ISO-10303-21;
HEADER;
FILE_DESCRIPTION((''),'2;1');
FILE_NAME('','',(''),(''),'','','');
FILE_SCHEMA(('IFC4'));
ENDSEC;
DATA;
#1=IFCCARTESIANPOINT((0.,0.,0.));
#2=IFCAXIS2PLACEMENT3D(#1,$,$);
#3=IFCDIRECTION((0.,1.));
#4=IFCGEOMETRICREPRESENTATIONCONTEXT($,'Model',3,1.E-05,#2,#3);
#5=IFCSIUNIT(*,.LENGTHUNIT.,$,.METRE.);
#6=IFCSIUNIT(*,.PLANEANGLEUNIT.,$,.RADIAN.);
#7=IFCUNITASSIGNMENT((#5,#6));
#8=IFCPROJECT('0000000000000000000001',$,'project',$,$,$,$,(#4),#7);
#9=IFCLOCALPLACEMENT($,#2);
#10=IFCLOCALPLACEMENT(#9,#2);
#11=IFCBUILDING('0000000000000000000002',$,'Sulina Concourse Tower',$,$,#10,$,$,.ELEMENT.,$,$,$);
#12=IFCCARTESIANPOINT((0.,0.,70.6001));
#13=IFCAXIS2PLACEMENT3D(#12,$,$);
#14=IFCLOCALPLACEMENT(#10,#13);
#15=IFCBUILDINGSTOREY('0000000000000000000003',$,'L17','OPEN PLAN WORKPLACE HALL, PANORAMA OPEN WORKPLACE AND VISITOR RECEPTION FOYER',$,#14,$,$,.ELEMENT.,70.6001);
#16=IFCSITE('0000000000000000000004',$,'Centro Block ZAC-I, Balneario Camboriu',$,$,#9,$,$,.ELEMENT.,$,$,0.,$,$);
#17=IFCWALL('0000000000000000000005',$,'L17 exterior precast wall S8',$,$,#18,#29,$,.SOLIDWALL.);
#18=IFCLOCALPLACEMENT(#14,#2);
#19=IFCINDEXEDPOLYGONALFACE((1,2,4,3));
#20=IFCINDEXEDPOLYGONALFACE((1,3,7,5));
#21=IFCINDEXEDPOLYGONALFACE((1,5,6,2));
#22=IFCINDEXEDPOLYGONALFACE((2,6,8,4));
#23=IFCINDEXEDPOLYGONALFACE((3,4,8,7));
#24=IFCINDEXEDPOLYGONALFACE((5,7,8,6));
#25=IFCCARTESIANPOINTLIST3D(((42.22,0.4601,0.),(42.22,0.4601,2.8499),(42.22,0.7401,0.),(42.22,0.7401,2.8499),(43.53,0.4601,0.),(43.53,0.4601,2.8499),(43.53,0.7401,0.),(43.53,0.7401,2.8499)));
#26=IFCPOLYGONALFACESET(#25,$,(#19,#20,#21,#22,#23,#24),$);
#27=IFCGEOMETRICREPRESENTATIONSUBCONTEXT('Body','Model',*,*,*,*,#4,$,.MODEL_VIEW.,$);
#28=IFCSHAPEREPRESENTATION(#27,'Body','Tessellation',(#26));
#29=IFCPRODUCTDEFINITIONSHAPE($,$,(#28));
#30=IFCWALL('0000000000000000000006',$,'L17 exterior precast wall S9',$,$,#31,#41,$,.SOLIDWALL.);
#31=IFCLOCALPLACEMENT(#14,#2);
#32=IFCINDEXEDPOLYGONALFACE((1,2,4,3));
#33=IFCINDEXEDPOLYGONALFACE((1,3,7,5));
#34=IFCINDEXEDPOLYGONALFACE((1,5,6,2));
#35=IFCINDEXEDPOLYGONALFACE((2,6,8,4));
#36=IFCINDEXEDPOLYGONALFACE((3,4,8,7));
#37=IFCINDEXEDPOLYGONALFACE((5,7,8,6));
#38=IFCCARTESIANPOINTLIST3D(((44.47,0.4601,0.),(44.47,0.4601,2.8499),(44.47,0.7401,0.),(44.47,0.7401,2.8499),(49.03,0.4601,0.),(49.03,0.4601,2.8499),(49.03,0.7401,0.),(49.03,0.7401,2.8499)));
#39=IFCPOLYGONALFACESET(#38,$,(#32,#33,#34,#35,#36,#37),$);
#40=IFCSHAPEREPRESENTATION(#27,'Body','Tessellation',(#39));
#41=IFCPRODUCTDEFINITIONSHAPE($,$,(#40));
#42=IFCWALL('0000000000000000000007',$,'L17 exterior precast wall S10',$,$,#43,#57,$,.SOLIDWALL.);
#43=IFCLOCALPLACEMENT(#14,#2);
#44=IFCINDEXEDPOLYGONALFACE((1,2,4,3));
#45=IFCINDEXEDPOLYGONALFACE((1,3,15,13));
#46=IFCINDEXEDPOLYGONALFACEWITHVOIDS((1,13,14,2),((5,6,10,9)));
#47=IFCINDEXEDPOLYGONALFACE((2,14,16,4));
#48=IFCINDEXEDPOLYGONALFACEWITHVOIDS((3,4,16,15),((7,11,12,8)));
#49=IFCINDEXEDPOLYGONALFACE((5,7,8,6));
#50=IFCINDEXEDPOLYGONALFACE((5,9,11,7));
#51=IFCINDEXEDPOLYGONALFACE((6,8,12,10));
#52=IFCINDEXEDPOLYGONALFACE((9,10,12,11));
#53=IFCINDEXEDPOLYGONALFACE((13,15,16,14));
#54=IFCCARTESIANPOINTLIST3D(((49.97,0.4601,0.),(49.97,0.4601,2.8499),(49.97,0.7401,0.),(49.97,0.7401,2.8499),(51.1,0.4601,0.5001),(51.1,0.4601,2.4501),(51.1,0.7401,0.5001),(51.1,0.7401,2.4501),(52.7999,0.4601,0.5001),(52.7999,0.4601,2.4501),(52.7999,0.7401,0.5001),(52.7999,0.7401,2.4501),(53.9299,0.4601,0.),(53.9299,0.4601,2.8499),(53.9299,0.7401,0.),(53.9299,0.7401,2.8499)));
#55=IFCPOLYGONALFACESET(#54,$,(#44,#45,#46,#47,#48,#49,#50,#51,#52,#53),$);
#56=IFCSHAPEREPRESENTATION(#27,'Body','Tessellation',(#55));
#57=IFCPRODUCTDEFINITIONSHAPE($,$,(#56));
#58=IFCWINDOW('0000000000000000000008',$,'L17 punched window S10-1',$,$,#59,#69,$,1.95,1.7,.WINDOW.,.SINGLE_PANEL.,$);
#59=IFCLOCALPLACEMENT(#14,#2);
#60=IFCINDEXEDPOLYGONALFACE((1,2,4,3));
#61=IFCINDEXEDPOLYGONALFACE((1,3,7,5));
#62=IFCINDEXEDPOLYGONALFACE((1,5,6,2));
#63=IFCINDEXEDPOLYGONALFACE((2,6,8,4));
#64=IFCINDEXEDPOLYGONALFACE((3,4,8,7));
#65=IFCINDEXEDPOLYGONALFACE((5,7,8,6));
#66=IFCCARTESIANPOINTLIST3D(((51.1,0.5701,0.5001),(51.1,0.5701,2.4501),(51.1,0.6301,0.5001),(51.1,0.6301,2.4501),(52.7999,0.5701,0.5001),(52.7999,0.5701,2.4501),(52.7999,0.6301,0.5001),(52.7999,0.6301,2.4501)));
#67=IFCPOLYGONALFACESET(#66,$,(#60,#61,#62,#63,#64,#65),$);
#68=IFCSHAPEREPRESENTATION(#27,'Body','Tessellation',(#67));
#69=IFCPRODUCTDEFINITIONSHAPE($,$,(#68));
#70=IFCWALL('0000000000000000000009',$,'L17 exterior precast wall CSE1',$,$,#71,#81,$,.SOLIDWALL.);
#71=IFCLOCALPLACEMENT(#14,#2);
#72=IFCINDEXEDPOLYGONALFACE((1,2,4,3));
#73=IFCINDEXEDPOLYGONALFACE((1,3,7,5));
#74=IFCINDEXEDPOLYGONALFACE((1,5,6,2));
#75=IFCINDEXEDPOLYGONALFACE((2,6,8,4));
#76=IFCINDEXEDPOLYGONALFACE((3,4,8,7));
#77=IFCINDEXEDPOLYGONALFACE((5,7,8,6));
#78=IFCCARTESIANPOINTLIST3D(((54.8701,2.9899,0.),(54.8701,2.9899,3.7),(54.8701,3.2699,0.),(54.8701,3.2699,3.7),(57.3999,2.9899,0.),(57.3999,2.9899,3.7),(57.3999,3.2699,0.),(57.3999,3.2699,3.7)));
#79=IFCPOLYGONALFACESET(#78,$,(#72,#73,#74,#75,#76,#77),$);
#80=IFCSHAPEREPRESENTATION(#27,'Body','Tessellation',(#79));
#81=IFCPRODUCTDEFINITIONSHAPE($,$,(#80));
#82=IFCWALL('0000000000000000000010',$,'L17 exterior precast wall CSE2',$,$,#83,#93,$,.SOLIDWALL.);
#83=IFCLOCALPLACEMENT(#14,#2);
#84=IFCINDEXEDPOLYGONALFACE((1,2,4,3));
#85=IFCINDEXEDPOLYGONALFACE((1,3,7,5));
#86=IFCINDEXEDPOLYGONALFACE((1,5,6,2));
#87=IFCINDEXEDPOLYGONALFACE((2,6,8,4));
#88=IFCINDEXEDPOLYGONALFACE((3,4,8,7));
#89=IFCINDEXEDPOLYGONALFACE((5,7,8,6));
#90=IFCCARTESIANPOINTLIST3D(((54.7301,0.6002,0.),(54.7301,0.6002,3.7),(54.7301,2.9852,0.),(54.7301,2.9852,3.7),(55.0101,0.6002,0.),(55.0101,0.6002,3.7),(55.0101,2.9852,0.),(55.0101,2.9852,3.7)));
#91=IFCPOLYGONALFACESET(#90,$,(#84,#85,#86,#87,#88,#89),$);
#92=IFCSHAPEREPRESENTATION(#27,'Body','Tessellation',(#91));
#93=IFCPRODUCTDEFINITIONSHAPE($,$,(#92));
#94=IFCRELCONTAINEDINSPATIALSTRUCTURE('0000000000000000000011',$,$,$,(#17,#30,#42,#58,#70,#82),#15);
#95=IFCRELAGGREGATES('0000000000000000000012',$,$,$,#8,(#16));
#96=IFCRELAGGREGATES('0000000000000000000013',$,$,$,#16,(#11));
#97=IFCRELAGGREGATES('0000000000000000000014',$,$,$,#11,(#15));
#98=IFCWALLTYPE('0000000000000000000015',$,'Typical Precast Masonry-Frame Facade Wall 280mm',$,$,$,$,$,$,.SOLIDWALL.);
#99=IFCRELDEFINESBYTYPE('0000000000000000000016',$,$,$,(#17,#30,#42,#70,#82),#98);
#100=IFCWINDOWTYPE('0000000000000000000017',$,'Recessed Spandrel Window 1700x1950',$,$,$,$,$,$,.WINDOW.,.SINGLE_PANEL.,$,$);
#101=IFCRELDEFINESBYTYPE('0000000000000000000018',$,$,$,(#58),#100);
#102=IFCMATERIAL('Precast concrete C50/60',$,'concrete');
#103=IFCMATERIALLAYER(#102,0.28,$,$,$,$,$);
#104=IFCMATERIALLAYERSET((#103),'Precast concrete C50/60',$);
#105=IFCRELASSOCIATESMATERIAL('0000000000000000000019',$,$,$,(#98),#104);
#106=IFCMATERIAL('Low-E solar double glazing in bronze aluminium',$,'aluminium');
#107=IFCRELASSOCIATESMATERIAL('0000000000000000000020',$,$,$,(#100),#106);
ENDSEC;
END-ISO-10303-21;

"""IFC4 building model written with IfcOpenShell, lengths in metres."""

from ifc_helpers import new_model, si_unit, direction, frame, frame_2d, origin, place, context, subcontext, project, spatial, rectangle, extrude, material, layer, layer_set, type_object, element, fill, save


model = new_model("IFC4")

# Units and contexts
model_context = context("Model", 3, precision=1e-05, world=origin(), true_north=direction((0.0, 1.0)))
body_context = subcontext(model_context, "Body", "Model", "MODEL_VIEW")
ifc_project = project(units=[si_unit("LENGTHUNIT", "METRE"), si_unit("PLANEANGLEUNIT", "RADIAN")], contexts=[model_context])

# Site, building, storey
site_placement = place(None, origin())
site = spatial("IfcSite", under=ifc_project, at=site_placement, Name="Centro Block ZAC-I, Balneario Camboriu", CompositionType="ELEMENT", RefElevation=0.0)
building_placement = place(site_placement, origin())
building = spatial("IfcBuilding", under=site, at=building_placement, Name="Sulina Concourse Tower", CompositionType="ELEMENT")
storey_placement = place(building_placement, frame((0.0, 0.0, 70.6001)))
storey = spatial("IfcBuildingStorey", under=building, at=storey_placement, Name="L17", Description="OPEN PLAN WORKPLACE HALL, PANORAMA OPEN WORKPLACE AND VISITOR RECEPTION FOYER", CompositionType="ELEMENT", Elevation=70.6001)

# Walls
ifc_material_1 = material(Name="Precast concrete C50/60", Category="concrete")
ifc_layer_1 = layer(ifc_material_1, 0.28)
ifc_layer_set_1 = layer_set([ifc_layer_1], Name="Precast concrete C50/60")
wall_type_1 = type_object("IfcWallType", Name="Typical Precast Masonry-Frame Facade Wall 280mm", PredefinedType="SOLIDWALL", material=ifc_layer_set_1)
wall_1_placement = place(storey_placement, frame((43.53, 0.6001, 0.0), z_axis=(0.0, 0.0, 1.0), x_axis=(-1.0, 0.0, 0.0)))
element("IfcWall", 1, at=wall_1_placement, inside=storey, type_object=wall_type_1, Name="L17 exterior precast wall S8", PredefinedType="SOLIDWALL", context=body_context, shape_type="SweptSolid", body=[
    extrude(rectangle(XDim=1.3101, YDim=0.28, at=frame_2d((0.655, 0.0))), origin(), (0.0, 0.0, 1.0), 2.8499),
])
wall_2_placement = place(storey_placement, frame((49.03, 0.6001, 0.0), z_axis=(0.0, 0.0, 1.0), x_axis=(-1.0, 0.0, 0.0)))
element("IfcWall", 2, at=wall_2_placement, inside=storey, type_object=wall_type_1, Name="L17 exterior precast wall S9", PredefinedType="SOLIDWALL", context=body_context, shape_type="SweptSolid", body=[
    extrude(rectangle(XDim=4.5601, YDim=0.28, at=frame_2d((2.28, 0.0))), origin(), (0.0, 0.0, 1.0), 2.8499),
])

# Wall, opening, window
wall_3_placement = place(storey_placement, frame((53.9299, 0.6001, 0.0), z_axis=(0.0, 0.0, 1.0), x_axis=(-1.0, 0.0, 0.0)))
wall_3 = element("IfcWall", 3, at=wall_3_placement, inside=storey, type_object=wall_type_1, Name="L17 exterior precast wall S10", PredefinedType="SOLIDWALL", context=body_context, shape_type="SweptSolid", body=[
    extrude(rectangle(XDim=3.96, YDim=0.28, at=frame_2d((1.98, 0.0))), origin(), (0.0, 0.0, 1.0), 2.8499),
])
opening_placement = place(wall_3_placement, frame((1.1299, 0.0, 0.5)))
opening = element("IfcOpeningElement", 4, at=opening_placement, cuts=wall_3, PredefinedType="OPENING", context=body_context, shape_type="SweptSolid", body=[
    extrude(rectangle(XDim=1.7, YDim=1.95, at=frame_2d((0.8501, 0.9751))), frame((0.0, 0.1499, 0.0), z_axis=(0.0, -1.0, 0.0), x_axis=(1.0, 0.0, 0.0)), (0.0, 0.0, 1.0), 0.3),
])
ifc_material_2 = material(Name="Low-E solar double glazing in bronze aluminium", Category="aluminium")
window_type = type_object("IfcWindowType", Name="Recessed Spandrel Window 1700x1950", PartitioningType="SINGLE_PANEL", PredefinedType="WINDOW", material=ifc_material_2)
window_placement = place(opening_placement, origin())
window = element("IfcWindow", 5, at=window_placement, inside=storey, type_object=window_type, Name="L17 punched window S10-1", OverallHeight=1.95, OverallWidth=1.7, PartitioningType="SINGLE_PANEL", PredefinedType="WINDOW", context=body_context, shape_type="SweptSolid", body=[
    extrude(rectangle(XDim=1.7, YDim=1.95, at=frame_2d((0.8501, 0.9751))), frame((0.0, 0.03, 0.0), z_axis=(0.0, -1.0, 0.0), x_axis=(1.0, 0.0, 0.0)), (0.0, 0.0, 1.0), 0.0601),
])
fill(opening, window)

# Walls
wall_4_placement = place(storey_placement, frame((57.3999, 3.1299, 0.0), z_axis=(0.0, 0.0, 1.0), x_axis=(-1.0, 0.0, 0.0)))
element("IfcWall", 6, at=wall_4_placement, inside=storey, type_object=wall_type_1, Name="L17 exterior precast wall CSE1", PredefinedType="SOLIDWALL", context=body_context, shape_type="SweptSolid", body=[
    extrude(rectangle(XDim=2.5298, YDim=0.28, at=frame_2d((1.2649, 0.0))), origin(), (0.0, 0.0, 1.0), 3.7),
])
wall_5_placement = place(storey_placement, frame((54.8701, 2.9851, 0.0), z_axis=(0.0, 0.0, 1.0), x_axis=(0.0, -1.0, 0.0)))
element("IfcWall", 7, at=wall_5_placement, inside=storey, type_object=wall_type_1, Name="L17 exterior precast wall CSE2", PredefinedType="SOLIDWALL", context=body_context, shape_type="SweptSolid", body=[
    extrude(rectangle(XDim=2.385, YDim=0.28, at=frame_2d((1.1924, 0.0))), origin(), (0.0, 0.0, 1.0), 3.7),
])

save(model, "model.ifc")
